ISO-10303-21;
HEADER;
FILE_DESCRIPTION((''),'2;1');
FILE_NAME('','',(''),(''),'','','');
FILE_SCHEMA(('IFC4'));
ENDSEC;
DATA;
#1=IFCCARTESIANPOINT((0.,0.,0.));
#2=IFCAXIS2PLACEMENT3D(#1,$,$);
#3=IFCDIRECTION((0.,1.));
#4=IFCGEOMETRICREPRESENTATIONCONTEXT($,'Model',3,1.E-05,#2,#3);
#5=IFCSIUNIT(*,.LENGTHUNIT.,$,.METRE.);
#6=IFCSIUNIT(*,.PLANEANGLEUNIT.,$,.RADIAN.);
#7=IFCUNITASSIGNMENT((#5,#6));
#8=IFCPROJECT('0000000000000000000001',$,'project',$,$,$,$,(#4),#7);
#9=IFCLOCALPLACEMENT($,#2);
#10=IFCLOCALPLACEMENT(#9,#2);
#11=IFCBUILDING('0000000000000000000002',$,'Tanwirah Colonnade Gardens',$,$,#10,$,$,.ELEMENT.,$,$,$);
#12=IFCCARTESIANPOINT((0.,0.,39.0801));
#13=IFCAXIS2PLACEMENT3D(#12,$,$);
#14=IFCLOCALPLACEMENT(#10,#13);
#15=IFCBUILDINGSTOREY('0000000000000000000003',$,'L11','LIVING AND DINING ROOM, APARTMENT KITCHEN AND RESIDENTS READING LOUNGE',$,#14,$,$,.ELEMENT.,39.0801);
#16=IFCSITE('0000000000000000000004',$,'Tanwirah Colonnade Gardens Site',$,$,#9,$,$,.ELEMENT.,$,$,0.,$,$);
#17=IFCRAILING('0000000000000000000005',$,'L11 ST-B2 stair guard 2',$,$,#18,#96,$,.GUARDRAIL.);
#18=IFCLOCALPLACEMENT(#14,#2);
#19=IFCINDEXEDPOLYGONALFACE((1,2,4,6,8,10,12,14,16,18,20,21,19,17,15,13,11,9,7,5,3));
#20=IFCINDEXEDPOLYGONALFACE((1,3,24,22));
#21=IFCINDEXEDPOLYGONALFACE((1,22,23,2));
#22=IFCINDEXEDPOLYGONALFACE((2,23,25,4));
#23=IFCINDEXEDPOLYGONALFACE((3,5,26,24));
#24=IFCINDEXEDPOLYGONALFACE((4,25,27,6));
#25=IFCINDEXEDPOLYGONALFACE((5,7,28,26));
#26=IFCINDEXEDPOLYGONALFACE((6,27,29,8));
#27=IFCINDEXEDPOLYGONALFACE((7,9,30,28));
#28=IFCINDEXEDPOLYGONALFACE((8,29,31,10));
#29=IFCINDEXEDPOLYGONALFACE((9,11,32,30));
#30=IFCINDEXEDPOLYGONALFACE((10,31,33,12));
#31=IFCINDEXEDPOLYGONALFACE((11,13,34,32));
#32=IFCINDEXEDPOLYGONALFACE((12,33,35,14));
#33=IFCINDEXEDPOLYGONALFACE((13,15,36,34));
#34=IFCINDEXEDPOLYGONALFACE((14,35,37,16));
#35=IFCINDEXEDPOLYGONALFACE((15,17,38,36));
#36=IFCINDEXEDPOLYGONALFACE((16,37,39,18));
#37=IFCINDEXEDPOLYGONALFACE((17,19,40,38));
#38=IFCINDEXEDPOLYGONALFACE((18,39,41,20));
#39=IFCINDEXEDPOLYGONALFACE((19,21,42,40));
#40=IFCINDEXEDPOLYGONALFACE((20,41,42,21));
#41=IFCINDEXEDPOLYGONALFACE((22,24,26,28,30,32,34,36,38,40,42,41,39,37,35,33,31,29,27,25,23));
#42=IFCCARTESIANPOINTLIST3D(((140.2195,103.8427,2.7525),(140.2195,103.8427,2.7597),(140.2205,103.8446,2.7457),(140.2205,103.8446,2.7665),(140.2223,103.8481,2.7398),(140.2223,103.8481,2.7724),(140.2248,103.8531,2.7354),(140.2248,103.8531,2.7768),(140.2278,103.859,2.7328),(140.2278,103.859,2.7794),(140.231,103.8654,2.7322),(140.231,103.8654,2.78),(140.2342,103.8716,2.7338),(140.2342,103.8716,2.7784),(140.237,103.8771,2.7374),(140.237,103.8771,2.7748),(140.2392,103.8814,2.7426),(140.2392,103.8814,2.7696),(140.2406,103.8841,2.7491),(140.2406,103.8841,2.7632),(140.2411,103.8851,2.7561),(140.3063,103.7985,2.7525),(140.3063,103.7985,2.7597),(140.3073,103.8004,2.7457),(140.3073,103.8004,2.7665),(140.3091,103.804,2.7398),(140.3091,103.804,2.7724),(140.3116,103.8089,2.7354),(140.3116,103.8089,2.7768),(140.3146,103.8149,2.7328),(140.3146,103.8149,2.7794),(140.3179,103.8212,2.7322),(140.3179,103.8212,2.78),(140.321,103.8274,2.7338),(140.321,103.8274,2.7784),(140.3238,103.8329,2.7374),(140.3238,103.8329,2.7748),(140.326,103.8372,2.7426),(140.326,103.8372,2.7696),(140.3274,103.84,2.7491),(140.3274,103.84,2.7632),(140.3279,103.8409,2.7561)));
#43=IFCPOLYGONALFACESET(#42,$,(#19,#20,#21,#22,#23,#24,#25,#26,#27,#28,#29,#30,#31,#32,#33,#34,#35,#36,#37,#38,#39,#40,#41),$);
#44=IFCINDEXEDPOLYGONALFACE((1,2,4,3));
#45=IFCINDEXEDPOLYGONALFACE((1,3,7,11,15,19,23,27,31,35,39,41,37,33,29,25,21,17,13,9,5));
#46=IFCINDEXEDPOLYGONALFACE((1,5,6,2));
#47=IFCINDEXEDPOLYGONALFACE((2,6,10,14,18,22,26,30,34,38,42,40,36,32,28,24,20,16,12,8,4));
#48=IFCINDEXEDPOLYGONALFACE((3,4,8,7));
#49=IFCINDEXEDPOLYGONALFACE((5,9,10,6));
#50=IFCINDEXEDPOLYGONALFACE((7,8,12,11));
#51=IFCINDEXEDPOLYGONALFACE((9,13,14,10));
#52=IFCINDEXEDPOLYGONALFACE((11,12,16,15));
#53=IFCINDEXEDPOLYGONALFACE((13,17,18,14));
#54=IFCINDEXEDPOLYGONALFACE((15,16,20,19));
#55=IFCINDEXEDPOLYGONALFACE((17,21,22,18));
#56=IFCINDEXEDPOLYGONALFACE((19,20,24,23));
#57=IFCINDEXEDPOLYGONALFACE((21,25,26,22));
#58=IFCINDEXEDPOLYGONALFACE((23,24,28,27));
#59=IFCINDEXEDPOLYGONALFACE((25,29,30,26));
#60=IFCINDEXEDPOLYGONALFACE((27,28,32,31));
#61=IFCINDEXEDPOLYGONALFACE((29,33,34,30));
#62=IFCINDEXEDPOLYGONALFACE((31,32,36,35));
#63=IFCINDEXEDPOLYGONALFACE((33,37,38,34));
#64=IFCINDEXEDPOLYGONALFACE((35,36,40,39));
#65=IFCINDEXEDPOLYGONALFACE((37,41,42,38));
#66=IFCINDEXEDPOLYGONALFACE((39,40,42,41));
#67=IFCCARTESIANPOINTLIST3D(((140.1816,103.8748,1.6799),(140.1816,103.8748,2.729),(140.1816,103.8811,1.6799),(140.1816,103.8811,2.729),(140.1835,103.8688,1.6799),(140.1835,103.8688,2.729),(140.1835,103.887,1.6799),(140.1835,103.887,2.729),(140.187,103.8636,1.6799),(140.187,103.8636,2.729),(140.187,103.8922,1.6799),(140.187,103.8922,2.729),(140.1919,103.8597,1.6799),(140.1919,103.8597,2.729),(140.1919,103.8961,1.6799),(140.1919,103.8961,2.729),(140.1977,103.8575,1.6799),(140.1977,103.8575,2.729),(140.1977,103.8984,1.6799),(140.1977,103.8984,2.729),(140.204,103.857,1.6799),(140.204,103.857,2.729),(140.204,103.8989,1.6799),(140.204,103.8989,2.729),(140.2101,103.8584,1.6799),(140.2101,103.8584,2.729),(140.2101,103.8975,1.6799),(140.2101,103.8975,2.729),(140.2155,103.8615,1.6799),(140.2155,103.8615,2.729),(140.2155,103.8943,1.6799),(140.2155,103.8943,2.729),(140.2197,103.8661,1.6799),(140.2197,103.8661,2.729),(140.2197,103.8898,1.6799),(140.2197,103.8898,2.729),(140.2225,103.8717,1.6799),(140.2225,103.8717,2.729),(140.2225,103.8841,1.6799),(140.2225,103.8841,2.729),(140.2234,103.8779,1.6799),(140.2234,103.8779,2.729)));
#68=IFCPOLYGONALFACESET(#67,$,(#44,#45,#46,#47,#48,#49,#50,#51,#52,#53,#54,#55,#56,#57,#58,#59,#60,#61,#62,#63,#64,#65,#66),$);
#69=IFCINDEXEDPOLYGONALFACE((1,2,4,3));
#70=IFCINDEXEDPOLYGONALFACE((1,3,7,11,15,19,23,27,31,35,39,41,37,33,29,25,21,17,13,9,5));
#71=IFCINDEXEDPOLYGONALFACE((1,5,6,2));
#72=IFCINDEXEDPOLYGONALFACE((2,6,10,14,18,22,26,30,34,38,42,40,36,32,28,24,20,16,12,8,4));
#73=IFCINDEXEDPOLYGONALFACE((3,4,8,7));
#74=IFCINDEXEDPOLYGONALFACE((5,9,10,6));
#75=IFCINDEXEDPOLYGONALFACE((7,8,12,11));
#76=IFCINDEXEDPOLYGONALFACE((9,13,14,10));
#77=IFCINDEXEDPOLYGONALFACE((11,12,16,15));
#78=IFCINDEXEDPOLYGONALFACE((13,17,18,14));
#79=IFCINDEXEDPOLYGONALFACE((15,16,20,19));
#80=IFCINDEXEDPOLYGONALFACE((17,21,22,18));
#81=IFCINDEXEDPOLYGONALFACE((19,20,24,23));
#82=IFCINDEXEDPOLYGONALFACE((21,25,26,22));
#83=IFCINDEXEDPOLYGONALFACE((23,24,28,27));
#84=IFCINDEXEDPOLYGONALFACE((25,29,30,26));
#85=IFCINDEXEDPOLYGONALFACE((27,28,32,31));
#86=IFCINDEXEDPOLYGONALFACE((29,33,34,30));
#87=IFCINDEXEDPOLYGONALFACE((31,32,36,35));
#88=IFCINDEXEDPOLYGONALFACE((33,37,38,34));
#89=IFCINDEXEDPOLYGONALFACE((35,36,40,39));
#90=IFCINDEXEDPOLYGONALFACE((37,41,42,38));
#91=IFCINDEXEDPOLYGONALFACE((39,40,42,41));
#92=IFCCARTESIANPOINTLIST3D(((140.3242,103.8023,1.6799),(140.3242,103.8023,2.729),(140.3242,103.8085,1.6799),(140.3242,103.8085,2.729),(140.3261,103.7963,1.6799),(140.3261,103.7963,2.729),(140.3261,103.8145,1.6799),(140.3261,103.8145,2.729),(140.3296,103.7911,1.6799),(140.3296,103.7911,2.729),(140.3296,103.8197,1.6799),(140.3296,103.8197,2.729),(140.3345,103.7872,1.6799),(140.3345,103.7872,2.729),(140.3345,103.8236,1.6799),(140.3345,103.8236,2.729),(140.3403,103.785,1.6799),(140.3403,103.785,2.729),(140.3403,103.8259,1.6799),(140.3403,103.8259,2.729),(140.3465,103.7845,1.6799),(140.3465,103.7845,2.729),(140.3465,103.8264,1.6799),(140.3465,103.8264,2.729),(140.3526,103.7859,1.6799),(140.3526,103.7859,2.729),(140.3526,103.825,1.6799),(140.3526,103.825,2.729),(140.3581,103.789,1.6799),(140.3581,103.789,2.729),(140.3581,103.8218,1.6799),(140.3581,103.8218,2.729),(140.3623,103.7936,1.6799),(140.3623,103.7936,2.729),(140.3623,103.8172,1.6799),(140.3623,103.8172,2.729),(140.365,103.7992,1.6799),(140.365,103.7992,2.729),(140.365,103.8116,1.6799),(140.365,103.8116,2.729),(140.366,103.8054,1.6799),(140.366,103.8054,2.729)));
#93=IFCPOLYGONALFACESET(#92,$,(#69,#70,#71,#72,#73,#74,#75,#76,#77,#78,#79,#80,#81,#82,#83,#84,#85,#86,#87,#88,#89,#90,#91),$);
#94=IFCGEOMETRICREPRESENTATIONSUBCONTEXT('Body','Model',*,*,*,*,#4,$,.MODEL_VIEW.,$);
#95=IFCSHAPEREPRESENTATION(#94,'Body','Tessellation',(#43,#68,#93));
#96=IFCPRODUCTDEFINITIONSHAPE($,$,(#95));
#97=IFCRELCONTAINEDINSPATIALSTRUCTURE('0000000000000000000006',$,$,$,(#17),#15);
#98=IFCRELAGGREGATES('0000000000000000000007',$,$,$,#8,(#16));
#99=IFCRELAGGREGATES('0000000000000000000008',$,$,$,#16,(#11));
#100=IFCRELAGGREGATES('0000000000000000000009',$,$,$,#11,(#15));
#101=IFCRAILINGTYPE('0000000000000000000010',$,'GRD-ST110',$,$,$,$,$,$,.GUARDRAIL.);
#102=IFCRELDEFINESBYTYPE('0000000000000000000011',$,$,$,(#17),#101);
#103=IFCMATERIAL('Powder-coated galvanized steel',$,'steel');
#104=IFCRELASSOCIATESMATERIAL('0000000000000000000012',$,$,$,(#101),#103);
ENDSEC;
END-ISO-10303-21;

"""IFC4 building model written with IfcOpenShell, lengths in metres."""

from ifc_helpers import new_model, si_unit, direction, frame, origin, origin_2d, place, context, subcontext, project, spatial, circle, extrude, material, type_object, element, save


model = new_model("IFC4")

# Units and contexts
model_context = context("Model", 3, precision=1e-05, world=origin(), true_north=direction((0.0, 1.0)))
body_context = subcontext(model_context, "Body", "Model", "MODEL_VIEW")
ifc_project = project(units=[si_unit("LENGTHUNIT", "METRE"), si_unit("PLANEANGLEUNIT", "RADIAN")], contexts=[model_context])

# Site, building, storey
site_placement = place(None, origin())
site = spatial("IfcSite", under=ifc_project, at=site_placement, Name="Tanwirah Colonnade Gardens Site", CompositionType="ELEMENT", RefElevation=0.0)
building_placement = place(site_placement, origin())
building = spatial("IfcBuilding", under=site, at=building_placement, Name="Tanwirah Colonnade Gardens", CompositionType="ELEMENT")
storey_placement = place(building_placement, frame((0.0, 0.0, 39.0801)))
storey = spatial("IfcBuildingStorey", under=building, at=storey_placement, Name="L11", Description="LIVING AND DINING ROOM, APARTMENT KITCHEN AND RESIDENTS READING LOUNGE", CompositionType="ELEMENT", Elevation=39.0801)

# Railing
ifc_material_1 = material(Name="Powder-coated galvanized steel", Category="steel")
railing_type_1 = type_object("IfcRailingType", Name="GRD-ST110", PredefinedType="GUARDRAIL", material=ifc_material_1)
railing_1_placement = place(storey_placement, frame((140.2024, 103.8779, 1.6799)))
element("IfcRailing", 1, at=railing_1_placement, inside=storey, type_object=railing_type_1, Name="L11 ST-B2 stair guard 2", PredefinedType="GUARDRAIL", context=body_context, shape_type="SweptSolid", body=[
    extrude(circle(Radius=0.0239, at=origin_2d()), frame((0.0278, -0.0142, 1.0762), z_axis=(0.891354, -0.453308, 0.0), x_axis=(0.453308, 0.891354, 0.0)), (0.0, 0.0, 1.0), 0.0974),
    extrude(circle(Radius=0.021, at=origin_2d()), origin(), (0.0, 0.0, 1.0), 1.0491),
    extrude(circle(Radius=0.021, at=origin_2d()), frame((0.1426, -0.0725, 0.0)), (0.0, 0.0, 1.0), 1.0491),
])

save(model, "model.ifc")
